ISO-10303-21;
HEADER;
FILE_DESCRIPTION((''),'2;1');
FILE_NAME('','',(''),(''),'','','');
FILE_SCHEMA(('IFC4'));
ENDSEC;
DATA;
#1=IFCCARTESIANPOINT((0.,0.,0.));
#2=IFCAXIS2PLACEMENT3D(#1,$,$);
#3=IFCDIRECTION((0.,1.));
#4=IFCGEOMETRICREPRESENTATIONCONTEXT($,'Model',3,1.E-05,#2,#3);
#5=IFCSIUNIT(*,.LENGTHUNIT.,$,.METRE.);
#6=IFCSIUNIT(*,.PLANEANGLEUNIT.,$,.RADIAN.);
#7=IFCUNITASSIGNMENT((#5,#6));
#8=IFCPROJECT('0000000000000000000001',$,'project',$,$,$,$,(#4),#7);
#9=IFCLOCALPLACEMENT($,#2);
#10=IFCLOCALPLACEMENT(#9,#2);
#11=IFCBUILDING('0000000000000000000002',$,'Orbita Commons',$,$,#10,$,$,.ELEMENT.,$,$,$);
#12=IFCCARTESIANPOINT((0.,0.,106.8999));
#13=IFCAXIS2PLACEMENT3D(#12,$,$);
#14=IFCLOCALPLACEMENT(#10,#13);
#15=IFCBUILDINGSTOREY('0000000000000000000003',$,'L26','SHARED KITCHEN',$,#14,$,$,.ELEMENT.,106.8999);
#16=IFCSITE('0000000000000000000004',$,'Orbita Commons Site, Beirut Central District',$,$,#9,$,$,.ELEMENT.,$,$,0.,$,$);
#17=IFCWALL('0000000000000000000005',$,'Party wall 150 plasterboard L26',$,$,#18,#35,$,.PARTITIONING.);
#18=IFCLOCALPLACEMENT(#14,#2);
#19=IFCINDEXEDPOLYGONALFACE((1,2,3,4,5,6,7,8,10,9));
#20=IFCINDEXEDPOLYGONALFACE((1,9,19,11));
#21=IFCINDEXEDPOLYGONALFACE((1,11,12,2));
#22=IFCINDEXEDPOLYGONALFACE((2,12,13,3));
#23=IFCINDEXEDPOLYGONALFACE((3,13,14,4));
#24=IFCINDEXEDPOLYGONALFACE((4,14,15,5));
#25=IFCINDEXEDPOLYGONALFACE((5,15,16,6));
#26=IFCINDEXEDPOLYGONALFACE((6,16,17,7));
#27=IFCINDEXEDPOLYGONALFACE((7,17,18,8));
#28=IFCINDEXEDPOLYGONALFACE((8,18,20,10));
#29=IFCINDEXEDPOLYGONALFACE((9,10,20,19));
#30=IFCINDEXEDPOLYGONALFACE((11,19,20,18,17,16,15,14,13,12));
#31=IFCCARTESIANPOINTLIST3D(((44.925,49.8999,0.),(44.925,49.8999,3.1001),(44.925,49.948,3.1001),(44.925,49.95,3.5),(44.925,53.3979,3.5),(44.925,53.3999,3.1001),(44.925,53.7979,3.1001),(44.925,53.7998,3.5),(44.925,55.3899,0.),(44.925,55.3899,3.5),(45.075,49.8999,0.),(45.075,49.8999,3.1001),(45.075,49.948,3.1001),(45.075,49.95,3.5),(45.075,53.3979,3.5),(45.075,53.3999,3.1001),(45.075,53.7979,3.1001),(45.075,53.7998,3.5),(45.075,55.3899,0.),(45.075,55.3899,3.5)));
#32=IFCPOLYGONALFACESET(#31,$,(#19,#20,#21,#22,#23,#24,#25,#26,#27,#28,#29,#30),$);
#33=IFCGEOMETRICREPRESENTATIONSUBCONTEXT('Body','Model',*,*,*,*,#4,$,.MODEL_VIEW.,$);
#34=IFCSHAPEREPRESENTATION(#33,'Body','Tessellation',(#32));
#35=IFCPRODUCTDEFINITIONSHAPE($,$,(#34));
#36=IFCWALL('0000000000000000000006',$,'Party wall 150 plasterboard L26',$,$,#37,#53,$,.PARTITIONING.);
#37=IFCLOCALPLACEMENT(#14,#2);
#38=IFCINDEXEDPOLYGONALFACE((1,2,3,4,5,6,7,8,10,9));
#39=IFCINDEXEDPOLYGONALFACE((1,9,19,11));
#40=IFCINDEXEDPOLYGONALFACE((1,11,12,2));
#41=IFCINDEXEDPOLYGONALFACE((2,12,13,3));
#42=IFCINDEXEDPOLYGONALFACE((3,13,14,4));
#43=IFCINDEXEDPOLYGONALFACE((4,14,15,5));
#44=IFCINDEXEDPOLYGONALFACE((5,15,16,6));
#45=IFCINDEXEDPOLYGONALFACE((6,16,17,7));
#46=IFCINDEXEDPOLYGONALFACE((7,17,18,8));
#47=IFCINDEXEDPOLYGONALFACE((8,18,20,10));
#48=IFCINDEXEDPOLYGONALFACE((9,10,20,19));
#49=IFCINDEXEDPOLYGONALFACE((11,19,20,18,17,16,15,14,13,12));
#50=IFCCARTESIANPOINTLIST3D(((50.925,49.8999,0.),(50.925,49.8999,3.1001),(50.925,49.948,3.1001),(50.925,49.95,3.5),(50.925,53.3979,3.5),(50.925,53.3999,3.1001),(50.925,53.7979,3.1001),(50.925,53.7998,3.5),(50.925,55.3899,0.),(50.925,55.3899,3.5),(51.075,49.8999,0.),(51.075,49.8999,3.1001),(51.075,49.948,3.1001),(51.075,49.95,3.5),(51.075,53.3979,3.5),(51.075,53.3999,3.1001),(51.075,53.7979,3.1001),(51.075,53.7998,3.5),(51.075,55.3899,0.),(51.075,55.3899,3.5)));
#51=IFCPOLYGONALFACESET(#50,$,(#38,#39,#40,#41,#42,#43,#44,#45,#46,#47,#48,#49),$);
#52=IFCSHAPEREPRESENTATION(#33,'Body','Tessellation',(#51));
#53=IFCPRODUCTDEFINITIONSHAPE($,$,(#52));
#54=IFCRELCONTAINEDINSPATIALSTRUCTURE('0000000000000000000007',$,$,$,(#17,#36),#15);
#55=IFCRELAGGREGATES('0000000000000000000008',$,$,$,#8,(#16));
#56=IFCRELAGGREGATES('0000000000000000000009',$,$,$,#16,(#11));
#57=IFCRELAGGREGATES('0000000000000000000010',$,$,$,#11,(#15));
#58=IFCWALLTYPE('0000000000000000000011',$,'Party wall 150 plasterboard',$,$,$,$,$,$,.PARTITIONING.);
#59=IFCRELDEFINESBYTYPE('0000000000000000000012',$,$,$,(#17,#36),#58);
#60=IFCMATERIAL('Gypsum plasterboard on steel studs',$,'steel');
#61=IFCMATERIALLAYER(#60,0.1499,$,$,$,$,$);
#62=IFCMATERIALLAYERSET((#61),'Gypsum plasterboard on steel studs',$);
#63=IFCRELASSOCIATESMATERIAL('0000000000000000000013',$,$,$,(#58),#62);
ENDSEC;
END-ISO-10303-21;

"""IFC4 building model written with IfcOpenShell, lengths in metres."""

from ifc_helpers import new_model, si_unit, direction, frame, origin, place, context, subcontext, project, spatial, polyline, outline, extrude, material, layer, layer_set, type_object, element, save


model = new_model("IFC4")

# Units and contexts
model_context = context("Model", 3, precision=1e-05, world=origin(), true_north=direction((0.0, 1.0)))
body_context = subcontext(model_context, "Body", "Model", "MODEL_VIEW")
ifc_project = project(units=[si_unit("LENGTHUNIT", "METRE"), si_unit("PLANEANGLEUNIT", "RADIAN")], contexts=[model_context])

# Site, building, storey
site_placement = place(None, origin())
site = spatial("IfcSite", under=ifc_project, at=site_placement, Name="Orbita Commons Site, Beirut Central District", CompositionType="ELEMENT", RefElevation=0.0)
building_placement = place(site_placement, origin())
building = spatial("IfcBuilding", under=site, at=building_placement, Name="Orbita Commons", CompositionType="ELEMENT")
storey_placement = place(building_placement, frame((0.0, 0.0, 106.8999)))
storey = spatial("IfcBuildingStorey", under=building, at=storey_placement, Name="L26", Description="SHARED KITCHEN", CompositionType="ELEMENT", Elevation=106.8999)

# Walls
ifc_material_1 = material(Name="Gypsum plasterboard on steel studs", Category="steel")
ifc_layer_1 = layer(ifc_material_1, 0.1499)
ifc_layer_set_1 = layer_set([ifc_layer_1], Name="Gypsum plasterboard on steel studs")
wall_type_1 = type_object("IfcWallType", Name="Party wall 150 plasterboard", PredefinedType="PARTITIONING", material=ifc_layer_set_1)
for number, where, z_axis, x_axis, name in (
    (1, (45.0, 55.3899, 0.0), (0.0, 0.0, 1.0), (0.0, -1.0, 0.0), "Party wall 150 plasterboard L26"),
    (2, (51.0, 55.3899, 0.0), (0.0, 0.0, 1.0), (0.0, -1.0, 0.0), "Party wall 150 plasterboard L26"),
):
    element("IfcWall", number, at=place(storey_placement, frame(where, z_axis=z_axis, x_axis=x_axis)), inside=storey, type_object=wall_type_1, Name=name, PredefinedType="PARTITIONING", context=body_context, shape_type="SweptSolid", body=[
        extrude(outline(polyline([(0.0, 0.0), (5.49, 0.0), (5.49, 3.1001), (5.4419, 3.1001), (5.4399, 3.5), (1.9919, 3.5), (1.99, 3.1001), (1.592, 3.1001), (1.5901, 3.5), (0.0, 3.5), (0.0, 0.0)])), frame((0.0, 0.075, 0.0), z_axis=(0.0, -1.0, 0.0), x_axis=(1.0, 0.0, 0.0)), (0.0, 0.0, 1.0), 0.1499),
    ])

save(model, "model.ifc")
